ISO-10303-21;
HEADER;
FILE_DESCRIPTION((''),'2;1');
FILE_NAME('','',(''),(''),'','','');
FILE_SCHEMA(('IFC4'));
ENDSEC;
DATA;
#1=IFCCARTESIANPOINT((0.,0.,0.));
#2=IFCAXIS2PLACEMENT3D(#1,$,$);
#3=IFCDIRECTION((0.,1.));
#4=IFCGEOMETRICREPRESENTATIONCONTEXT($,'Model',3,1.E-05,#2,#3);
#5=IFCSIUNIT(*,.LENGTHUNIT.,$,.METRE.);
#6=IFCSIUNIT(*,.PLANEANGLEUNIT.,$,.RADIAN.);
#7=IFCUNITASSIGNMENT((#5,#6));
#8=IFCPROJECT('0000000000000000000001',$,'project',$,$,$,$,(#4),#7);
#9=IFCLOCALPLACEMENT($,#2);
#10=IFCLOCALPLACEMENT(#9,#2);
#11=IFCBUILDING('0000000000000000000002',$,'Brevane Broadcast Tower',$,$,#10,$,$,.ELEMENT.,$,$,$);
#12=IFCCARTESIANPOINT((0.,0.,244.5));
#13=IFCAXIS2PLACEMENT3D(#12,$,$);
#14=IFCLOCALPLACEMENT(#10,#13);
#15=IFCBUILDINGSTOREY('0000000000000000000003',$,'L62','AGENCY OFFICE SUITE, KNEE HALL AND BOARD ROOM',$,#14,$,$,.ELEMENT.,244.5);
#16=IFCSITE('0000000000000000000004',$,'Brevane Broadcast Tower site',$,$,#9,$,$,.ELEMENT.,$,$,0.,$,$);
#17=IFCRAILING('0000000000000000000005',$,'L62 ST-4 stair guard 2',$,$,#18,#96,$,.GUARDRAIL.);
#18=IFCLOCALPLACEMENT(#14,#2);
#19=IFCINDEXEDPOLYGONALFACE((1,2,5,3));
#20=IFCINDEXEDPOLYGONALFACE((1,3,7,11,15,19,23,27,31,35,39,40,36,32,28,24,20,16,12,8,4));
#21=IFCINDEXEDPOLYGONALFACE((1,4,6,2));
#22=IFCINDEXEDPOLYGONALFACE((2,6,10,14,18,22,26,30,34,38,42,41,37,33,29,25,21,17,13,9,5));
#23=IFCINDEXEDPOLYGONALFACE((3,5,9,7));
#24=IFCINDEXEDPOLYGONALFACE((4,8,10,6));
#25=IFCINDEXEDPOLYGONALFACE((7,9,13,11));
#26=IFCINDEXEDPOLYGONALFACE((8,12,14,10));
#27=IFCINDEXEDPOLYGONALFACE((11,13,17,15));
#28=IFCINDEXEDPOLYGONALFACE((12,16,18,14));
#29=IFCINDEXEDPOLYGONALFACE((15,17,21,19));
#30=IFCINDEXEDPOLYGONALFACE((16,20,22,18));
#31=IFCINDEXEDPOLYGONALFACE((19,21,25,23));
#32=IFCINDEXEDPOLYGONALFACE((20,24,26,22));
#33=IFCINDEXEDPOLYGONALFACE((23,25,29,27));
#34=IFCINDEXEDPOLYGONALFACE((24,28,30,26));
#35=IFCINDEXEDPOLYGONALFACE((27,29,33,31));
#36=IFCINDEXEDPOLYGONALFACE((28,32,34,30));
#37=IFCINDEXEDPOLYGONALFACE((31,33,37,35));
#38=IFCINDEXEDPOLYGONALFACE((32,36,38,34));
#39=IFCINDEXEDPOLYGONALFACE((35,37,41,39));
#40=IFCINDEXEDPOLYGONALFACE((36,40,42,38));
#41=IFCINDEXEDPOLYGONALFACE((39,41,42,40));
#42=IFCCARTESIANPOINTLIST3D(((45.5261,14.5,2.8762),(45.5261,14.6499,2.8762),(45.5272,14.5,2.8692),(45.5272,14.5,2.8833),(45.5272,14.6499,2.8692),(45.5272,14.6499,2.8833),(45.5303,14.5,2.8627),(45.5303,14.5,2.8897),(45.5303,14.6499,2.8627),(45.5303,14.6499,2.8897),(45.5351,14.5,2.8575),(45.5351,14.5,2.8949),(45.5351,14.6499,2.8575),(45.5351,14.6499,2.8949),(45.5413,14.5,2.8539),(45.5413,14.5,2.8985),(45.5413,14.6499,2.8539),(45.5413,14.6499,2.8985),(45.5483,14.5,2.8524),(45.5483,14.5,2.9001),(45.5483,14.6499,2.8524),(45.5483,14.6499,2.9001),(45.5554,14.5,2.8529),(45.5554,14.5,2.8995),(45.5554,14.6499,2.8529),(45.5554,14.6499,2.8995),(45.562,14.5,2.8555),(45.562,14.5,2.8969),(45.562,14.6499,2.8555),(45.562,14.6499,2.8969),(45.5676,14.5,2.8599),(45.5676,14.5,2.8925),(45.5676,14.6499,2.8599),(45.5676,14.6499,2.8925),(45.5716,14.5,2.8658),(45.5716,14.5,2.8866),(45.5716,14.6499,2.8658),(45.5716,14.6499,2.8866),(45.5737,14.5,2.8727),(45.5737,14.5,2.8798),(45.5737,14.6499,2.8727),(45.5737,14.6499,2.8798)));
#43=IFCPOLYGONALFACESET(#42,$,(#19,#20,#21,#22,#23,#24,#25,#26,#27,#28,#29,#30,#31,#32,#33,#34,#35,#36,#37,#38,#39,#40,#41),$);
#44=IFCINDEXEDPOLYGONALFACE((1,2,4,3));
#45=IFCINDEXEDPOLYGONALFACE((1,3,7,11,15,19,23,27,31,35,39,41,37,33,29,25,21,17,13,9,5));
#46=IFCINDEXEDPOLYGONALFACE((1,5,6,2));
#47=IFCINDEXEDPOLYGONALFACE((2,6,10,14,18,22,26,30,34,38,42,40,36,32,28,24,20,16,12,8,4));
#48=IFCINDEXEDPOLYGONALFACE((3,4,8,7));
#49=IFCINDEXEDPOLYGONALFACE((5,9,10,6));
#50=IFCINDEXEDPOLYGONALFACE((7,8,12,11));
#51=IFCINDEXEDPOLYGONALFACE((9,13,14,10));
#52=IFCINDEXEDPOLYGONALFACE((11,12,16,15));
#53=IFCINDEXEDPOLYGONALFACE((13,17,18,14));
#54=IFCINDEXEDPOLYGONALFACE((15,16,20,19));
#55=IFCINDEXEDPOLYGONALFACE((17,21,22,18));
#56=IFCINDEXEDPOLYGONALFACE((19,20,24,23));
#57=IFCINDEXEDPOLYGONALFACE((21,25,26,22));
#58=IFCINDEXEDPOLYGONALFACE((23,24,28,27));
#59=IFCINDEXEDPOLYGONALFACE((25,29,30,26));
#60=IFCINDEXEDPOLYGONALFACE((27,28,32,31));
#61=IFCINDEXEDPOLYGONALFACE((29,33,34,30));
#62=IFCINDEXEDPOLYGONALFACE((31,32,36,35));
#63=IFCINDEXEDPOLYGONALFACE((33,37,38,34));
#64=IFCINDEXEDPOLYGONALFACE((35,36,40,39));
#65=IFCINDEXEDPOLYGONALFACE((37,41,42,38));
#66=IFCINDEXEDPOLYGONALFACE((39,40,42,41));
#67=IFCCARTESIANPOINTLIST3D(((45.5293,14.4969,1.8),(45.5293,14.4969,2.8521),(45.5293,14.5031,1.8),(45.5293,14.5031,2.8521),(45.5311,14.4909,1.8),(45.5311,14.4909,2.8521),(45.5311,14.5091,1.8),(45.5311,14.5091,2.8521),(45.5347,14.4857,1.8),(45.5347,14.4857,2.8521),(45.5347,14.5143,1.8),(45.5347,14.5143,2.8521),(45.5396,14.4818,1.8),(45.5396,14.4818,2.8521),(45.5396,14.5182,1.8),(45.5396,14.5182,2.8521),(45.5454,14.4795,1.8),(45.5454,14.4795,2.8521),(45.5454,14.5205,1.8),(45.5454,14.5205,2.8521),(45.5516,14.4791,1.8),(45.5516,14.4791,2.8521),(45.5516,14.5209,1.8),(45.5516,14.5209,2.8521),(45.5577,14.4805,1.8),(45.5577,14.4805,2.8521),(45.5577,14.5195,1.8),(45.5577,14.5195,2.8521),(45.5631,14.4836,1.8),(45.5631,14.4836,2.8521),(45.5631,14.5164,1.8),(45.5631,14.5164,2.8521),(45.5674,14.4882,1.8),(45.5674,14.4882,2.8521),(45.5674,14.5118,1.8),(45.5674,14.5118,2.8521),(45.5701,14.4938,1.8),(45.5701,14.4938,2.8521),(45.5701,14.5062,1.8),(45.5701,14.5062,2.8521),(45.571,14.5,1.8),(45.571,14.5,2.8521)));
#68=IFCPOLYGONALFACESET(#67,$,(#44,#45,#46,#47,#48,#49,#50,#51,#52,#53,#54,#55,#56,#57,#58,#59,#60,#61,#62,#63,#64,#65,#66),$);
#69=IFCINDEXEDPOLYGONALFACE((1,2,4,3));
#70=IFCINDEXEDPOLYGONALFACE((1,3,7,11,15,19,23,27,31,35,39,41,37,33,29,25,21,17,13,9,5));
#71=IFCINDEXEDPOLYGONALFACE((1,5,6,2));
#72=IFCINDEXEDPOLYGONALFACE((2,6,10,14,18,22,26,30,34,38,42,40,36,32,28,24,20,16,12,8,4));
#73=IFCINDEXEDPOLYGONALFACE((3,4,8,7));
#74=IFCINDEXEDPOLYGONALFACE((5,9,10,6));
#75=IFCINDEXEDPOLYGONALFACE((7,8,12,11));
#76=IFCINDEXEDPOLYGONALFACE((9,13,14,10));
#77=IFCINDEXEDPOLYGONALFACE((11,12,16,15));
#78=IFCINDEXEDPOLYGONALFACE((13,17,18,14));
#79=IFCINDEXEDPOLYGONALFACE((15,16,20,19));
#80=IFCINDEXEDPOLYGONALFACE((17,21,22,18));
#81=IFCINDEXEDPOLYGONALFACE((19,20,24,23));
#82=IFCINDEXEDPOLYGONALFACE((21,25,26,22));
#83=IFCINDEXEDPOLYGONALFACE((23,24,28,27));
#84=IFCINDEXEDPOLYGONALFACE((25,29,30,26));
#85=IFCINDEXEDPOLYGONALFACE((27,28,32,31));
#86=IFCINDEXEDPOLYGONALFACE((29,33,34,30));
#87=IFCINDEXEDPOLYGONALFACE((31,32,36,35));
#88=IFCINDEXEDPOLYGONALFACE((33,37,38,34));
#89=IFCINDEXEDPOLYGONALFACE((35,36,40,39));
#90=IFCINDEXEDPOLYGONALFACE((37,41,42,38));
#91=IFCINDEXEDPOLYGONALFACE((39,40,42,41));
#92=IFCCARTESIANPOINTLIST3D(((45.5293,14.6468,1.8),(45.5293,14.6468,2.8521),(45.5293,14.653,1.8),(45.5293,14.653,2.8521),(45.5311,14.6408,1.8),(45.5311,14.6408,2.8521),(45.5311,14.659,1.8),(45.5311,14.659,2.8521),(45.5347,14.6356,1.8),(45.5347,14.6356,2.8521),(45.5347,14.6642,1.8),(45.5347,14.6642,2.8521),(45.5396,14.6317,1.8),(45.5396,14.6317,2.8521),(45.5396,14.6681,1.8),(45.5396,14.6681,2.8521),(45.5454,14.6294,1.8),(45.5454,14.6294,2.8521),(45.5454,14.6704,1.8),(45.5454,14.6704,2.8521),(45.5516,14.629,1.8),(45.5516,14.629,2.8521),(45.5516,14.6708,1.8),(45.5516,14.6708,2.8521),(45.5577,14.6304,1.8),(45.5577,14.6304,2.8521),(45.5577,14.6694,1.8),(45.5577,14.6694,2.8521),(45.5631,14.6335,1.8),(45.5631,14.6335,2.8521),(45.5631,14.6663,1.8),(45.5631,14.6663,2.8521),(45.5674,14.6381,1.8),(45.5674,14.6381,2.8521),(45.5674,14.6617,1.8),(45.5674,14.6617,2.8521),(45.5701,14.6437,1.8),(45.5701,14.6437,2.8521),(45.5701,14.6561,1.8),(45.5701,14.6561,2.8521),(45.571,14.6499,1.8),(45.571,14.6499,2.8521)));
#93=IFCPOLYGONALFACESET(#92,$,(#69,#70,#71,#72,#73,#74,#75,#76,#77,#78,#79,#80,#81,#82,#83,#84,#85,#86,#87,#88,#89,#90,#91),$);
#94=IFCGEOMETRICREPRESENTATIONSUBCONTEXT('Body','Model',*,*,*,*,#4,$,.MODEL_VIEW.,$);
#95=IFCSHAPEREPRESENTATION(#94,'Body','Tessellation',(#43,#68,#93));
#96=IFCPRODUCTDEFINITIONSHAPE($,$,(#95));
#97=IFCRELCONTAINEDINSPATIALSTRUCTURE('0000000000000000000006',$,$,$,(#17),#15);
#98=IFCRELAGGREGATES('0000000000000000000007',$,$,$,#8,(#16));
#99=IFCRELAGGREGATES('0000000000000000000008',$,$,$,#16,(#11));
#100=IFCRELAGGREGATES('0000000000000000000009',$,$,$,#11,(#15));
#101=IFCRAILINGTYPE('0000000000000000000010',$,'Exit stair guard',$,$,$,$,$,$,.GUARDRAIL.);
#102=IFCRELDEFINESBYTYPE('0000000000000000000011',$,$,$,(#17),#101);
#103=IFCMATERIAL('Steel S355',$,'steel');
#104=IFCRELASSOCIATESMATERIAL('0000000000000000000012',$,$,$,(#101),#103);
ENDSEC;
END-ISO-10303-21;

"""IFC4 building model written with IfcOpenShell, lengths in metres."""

from ifc_helpers import new_model, si_unit, direction, frame, origin, origin_2d, place, context, subcontext, project, spatial, circle, extrude, material, type_object, element, save


model = new_model("IFC4")

# Units and contexts
model_context = context("Model", 3, precision=1e-05, world=origin(), true_north=direction((0.0, 1.0)))
body_context = subcontext(model_context, "Body", "Model", "MODEL_VIEW")
ifc_project = project(units=[si_unit("LENGTHUNIT", "METRE"), si_unit("PLANEANGLEUNIT", "RADIAN")], contexts=[model_context])

# Site, building, storey
site_placement = place(None, origin())
site = spatial("IfcSite", under=ifc_project, at=site_placement, Name="Brevane Broadcast Tower site", CompositionType="ELEMENT", RefElevation=0.0)
building_placement = place(site_placement, origin())
building = spatial("IfcBuilding", under=site, at=building_placement, Name="Brevane Broadcast Tower", CompositionType="ELEMENT")
storey_placement = place(building_placement, frame((0.0, 0.0, 244.5)))
storey = spatial("IfcBuildingStorey", under=building, at=storey_placement, Name="L62", Description="AGENCY OFFICE SUITE, KNEE HALL AND BOARD ROOM", CompositionType="ELEMENT", Elevation=244.5)

# Railing
ifc_material_1 = material(Name="Steel S355", Category="steel")
railing_type_1 = type_object("IfcRailingType", Name="Exit stair guard", PredefinedType="GUARDRAIL", material=ifc_material_1)
railing_1_placement = place(storey_placement, frame((45.55, 14.5, 1.8)))
element("IfcRailing", 1, at=railing_1_placement, inside=storey, type_object=railing_type_1, Name="L62 ST-4 stair guard 2", PredefinedType="GUARDRAIL", context=body_context, shape_type="SweptSolid", body=[
    extrude(circle(Radius=0.0239, at=origin_2d()), frame((0.0, 0.0, 1.0762), z_axis=(0.0, 1.0, 0.0), x_axis=(-1.0, 0.0, 0.0)), (0.0, 0.0, 1.0), 0.1499),
    extrude(circle(Radius=0.021, at=origin_2d()), origin(), (0.0, 0.0, 1.0), 1.052),
    extrude(circle(Radius=0.021, at=origin_2d()), frame((0.0, 0.1499, 0.0)), (0.0, 0.0, 1.0), 1.052),
])

save(model, "model.ifc")
